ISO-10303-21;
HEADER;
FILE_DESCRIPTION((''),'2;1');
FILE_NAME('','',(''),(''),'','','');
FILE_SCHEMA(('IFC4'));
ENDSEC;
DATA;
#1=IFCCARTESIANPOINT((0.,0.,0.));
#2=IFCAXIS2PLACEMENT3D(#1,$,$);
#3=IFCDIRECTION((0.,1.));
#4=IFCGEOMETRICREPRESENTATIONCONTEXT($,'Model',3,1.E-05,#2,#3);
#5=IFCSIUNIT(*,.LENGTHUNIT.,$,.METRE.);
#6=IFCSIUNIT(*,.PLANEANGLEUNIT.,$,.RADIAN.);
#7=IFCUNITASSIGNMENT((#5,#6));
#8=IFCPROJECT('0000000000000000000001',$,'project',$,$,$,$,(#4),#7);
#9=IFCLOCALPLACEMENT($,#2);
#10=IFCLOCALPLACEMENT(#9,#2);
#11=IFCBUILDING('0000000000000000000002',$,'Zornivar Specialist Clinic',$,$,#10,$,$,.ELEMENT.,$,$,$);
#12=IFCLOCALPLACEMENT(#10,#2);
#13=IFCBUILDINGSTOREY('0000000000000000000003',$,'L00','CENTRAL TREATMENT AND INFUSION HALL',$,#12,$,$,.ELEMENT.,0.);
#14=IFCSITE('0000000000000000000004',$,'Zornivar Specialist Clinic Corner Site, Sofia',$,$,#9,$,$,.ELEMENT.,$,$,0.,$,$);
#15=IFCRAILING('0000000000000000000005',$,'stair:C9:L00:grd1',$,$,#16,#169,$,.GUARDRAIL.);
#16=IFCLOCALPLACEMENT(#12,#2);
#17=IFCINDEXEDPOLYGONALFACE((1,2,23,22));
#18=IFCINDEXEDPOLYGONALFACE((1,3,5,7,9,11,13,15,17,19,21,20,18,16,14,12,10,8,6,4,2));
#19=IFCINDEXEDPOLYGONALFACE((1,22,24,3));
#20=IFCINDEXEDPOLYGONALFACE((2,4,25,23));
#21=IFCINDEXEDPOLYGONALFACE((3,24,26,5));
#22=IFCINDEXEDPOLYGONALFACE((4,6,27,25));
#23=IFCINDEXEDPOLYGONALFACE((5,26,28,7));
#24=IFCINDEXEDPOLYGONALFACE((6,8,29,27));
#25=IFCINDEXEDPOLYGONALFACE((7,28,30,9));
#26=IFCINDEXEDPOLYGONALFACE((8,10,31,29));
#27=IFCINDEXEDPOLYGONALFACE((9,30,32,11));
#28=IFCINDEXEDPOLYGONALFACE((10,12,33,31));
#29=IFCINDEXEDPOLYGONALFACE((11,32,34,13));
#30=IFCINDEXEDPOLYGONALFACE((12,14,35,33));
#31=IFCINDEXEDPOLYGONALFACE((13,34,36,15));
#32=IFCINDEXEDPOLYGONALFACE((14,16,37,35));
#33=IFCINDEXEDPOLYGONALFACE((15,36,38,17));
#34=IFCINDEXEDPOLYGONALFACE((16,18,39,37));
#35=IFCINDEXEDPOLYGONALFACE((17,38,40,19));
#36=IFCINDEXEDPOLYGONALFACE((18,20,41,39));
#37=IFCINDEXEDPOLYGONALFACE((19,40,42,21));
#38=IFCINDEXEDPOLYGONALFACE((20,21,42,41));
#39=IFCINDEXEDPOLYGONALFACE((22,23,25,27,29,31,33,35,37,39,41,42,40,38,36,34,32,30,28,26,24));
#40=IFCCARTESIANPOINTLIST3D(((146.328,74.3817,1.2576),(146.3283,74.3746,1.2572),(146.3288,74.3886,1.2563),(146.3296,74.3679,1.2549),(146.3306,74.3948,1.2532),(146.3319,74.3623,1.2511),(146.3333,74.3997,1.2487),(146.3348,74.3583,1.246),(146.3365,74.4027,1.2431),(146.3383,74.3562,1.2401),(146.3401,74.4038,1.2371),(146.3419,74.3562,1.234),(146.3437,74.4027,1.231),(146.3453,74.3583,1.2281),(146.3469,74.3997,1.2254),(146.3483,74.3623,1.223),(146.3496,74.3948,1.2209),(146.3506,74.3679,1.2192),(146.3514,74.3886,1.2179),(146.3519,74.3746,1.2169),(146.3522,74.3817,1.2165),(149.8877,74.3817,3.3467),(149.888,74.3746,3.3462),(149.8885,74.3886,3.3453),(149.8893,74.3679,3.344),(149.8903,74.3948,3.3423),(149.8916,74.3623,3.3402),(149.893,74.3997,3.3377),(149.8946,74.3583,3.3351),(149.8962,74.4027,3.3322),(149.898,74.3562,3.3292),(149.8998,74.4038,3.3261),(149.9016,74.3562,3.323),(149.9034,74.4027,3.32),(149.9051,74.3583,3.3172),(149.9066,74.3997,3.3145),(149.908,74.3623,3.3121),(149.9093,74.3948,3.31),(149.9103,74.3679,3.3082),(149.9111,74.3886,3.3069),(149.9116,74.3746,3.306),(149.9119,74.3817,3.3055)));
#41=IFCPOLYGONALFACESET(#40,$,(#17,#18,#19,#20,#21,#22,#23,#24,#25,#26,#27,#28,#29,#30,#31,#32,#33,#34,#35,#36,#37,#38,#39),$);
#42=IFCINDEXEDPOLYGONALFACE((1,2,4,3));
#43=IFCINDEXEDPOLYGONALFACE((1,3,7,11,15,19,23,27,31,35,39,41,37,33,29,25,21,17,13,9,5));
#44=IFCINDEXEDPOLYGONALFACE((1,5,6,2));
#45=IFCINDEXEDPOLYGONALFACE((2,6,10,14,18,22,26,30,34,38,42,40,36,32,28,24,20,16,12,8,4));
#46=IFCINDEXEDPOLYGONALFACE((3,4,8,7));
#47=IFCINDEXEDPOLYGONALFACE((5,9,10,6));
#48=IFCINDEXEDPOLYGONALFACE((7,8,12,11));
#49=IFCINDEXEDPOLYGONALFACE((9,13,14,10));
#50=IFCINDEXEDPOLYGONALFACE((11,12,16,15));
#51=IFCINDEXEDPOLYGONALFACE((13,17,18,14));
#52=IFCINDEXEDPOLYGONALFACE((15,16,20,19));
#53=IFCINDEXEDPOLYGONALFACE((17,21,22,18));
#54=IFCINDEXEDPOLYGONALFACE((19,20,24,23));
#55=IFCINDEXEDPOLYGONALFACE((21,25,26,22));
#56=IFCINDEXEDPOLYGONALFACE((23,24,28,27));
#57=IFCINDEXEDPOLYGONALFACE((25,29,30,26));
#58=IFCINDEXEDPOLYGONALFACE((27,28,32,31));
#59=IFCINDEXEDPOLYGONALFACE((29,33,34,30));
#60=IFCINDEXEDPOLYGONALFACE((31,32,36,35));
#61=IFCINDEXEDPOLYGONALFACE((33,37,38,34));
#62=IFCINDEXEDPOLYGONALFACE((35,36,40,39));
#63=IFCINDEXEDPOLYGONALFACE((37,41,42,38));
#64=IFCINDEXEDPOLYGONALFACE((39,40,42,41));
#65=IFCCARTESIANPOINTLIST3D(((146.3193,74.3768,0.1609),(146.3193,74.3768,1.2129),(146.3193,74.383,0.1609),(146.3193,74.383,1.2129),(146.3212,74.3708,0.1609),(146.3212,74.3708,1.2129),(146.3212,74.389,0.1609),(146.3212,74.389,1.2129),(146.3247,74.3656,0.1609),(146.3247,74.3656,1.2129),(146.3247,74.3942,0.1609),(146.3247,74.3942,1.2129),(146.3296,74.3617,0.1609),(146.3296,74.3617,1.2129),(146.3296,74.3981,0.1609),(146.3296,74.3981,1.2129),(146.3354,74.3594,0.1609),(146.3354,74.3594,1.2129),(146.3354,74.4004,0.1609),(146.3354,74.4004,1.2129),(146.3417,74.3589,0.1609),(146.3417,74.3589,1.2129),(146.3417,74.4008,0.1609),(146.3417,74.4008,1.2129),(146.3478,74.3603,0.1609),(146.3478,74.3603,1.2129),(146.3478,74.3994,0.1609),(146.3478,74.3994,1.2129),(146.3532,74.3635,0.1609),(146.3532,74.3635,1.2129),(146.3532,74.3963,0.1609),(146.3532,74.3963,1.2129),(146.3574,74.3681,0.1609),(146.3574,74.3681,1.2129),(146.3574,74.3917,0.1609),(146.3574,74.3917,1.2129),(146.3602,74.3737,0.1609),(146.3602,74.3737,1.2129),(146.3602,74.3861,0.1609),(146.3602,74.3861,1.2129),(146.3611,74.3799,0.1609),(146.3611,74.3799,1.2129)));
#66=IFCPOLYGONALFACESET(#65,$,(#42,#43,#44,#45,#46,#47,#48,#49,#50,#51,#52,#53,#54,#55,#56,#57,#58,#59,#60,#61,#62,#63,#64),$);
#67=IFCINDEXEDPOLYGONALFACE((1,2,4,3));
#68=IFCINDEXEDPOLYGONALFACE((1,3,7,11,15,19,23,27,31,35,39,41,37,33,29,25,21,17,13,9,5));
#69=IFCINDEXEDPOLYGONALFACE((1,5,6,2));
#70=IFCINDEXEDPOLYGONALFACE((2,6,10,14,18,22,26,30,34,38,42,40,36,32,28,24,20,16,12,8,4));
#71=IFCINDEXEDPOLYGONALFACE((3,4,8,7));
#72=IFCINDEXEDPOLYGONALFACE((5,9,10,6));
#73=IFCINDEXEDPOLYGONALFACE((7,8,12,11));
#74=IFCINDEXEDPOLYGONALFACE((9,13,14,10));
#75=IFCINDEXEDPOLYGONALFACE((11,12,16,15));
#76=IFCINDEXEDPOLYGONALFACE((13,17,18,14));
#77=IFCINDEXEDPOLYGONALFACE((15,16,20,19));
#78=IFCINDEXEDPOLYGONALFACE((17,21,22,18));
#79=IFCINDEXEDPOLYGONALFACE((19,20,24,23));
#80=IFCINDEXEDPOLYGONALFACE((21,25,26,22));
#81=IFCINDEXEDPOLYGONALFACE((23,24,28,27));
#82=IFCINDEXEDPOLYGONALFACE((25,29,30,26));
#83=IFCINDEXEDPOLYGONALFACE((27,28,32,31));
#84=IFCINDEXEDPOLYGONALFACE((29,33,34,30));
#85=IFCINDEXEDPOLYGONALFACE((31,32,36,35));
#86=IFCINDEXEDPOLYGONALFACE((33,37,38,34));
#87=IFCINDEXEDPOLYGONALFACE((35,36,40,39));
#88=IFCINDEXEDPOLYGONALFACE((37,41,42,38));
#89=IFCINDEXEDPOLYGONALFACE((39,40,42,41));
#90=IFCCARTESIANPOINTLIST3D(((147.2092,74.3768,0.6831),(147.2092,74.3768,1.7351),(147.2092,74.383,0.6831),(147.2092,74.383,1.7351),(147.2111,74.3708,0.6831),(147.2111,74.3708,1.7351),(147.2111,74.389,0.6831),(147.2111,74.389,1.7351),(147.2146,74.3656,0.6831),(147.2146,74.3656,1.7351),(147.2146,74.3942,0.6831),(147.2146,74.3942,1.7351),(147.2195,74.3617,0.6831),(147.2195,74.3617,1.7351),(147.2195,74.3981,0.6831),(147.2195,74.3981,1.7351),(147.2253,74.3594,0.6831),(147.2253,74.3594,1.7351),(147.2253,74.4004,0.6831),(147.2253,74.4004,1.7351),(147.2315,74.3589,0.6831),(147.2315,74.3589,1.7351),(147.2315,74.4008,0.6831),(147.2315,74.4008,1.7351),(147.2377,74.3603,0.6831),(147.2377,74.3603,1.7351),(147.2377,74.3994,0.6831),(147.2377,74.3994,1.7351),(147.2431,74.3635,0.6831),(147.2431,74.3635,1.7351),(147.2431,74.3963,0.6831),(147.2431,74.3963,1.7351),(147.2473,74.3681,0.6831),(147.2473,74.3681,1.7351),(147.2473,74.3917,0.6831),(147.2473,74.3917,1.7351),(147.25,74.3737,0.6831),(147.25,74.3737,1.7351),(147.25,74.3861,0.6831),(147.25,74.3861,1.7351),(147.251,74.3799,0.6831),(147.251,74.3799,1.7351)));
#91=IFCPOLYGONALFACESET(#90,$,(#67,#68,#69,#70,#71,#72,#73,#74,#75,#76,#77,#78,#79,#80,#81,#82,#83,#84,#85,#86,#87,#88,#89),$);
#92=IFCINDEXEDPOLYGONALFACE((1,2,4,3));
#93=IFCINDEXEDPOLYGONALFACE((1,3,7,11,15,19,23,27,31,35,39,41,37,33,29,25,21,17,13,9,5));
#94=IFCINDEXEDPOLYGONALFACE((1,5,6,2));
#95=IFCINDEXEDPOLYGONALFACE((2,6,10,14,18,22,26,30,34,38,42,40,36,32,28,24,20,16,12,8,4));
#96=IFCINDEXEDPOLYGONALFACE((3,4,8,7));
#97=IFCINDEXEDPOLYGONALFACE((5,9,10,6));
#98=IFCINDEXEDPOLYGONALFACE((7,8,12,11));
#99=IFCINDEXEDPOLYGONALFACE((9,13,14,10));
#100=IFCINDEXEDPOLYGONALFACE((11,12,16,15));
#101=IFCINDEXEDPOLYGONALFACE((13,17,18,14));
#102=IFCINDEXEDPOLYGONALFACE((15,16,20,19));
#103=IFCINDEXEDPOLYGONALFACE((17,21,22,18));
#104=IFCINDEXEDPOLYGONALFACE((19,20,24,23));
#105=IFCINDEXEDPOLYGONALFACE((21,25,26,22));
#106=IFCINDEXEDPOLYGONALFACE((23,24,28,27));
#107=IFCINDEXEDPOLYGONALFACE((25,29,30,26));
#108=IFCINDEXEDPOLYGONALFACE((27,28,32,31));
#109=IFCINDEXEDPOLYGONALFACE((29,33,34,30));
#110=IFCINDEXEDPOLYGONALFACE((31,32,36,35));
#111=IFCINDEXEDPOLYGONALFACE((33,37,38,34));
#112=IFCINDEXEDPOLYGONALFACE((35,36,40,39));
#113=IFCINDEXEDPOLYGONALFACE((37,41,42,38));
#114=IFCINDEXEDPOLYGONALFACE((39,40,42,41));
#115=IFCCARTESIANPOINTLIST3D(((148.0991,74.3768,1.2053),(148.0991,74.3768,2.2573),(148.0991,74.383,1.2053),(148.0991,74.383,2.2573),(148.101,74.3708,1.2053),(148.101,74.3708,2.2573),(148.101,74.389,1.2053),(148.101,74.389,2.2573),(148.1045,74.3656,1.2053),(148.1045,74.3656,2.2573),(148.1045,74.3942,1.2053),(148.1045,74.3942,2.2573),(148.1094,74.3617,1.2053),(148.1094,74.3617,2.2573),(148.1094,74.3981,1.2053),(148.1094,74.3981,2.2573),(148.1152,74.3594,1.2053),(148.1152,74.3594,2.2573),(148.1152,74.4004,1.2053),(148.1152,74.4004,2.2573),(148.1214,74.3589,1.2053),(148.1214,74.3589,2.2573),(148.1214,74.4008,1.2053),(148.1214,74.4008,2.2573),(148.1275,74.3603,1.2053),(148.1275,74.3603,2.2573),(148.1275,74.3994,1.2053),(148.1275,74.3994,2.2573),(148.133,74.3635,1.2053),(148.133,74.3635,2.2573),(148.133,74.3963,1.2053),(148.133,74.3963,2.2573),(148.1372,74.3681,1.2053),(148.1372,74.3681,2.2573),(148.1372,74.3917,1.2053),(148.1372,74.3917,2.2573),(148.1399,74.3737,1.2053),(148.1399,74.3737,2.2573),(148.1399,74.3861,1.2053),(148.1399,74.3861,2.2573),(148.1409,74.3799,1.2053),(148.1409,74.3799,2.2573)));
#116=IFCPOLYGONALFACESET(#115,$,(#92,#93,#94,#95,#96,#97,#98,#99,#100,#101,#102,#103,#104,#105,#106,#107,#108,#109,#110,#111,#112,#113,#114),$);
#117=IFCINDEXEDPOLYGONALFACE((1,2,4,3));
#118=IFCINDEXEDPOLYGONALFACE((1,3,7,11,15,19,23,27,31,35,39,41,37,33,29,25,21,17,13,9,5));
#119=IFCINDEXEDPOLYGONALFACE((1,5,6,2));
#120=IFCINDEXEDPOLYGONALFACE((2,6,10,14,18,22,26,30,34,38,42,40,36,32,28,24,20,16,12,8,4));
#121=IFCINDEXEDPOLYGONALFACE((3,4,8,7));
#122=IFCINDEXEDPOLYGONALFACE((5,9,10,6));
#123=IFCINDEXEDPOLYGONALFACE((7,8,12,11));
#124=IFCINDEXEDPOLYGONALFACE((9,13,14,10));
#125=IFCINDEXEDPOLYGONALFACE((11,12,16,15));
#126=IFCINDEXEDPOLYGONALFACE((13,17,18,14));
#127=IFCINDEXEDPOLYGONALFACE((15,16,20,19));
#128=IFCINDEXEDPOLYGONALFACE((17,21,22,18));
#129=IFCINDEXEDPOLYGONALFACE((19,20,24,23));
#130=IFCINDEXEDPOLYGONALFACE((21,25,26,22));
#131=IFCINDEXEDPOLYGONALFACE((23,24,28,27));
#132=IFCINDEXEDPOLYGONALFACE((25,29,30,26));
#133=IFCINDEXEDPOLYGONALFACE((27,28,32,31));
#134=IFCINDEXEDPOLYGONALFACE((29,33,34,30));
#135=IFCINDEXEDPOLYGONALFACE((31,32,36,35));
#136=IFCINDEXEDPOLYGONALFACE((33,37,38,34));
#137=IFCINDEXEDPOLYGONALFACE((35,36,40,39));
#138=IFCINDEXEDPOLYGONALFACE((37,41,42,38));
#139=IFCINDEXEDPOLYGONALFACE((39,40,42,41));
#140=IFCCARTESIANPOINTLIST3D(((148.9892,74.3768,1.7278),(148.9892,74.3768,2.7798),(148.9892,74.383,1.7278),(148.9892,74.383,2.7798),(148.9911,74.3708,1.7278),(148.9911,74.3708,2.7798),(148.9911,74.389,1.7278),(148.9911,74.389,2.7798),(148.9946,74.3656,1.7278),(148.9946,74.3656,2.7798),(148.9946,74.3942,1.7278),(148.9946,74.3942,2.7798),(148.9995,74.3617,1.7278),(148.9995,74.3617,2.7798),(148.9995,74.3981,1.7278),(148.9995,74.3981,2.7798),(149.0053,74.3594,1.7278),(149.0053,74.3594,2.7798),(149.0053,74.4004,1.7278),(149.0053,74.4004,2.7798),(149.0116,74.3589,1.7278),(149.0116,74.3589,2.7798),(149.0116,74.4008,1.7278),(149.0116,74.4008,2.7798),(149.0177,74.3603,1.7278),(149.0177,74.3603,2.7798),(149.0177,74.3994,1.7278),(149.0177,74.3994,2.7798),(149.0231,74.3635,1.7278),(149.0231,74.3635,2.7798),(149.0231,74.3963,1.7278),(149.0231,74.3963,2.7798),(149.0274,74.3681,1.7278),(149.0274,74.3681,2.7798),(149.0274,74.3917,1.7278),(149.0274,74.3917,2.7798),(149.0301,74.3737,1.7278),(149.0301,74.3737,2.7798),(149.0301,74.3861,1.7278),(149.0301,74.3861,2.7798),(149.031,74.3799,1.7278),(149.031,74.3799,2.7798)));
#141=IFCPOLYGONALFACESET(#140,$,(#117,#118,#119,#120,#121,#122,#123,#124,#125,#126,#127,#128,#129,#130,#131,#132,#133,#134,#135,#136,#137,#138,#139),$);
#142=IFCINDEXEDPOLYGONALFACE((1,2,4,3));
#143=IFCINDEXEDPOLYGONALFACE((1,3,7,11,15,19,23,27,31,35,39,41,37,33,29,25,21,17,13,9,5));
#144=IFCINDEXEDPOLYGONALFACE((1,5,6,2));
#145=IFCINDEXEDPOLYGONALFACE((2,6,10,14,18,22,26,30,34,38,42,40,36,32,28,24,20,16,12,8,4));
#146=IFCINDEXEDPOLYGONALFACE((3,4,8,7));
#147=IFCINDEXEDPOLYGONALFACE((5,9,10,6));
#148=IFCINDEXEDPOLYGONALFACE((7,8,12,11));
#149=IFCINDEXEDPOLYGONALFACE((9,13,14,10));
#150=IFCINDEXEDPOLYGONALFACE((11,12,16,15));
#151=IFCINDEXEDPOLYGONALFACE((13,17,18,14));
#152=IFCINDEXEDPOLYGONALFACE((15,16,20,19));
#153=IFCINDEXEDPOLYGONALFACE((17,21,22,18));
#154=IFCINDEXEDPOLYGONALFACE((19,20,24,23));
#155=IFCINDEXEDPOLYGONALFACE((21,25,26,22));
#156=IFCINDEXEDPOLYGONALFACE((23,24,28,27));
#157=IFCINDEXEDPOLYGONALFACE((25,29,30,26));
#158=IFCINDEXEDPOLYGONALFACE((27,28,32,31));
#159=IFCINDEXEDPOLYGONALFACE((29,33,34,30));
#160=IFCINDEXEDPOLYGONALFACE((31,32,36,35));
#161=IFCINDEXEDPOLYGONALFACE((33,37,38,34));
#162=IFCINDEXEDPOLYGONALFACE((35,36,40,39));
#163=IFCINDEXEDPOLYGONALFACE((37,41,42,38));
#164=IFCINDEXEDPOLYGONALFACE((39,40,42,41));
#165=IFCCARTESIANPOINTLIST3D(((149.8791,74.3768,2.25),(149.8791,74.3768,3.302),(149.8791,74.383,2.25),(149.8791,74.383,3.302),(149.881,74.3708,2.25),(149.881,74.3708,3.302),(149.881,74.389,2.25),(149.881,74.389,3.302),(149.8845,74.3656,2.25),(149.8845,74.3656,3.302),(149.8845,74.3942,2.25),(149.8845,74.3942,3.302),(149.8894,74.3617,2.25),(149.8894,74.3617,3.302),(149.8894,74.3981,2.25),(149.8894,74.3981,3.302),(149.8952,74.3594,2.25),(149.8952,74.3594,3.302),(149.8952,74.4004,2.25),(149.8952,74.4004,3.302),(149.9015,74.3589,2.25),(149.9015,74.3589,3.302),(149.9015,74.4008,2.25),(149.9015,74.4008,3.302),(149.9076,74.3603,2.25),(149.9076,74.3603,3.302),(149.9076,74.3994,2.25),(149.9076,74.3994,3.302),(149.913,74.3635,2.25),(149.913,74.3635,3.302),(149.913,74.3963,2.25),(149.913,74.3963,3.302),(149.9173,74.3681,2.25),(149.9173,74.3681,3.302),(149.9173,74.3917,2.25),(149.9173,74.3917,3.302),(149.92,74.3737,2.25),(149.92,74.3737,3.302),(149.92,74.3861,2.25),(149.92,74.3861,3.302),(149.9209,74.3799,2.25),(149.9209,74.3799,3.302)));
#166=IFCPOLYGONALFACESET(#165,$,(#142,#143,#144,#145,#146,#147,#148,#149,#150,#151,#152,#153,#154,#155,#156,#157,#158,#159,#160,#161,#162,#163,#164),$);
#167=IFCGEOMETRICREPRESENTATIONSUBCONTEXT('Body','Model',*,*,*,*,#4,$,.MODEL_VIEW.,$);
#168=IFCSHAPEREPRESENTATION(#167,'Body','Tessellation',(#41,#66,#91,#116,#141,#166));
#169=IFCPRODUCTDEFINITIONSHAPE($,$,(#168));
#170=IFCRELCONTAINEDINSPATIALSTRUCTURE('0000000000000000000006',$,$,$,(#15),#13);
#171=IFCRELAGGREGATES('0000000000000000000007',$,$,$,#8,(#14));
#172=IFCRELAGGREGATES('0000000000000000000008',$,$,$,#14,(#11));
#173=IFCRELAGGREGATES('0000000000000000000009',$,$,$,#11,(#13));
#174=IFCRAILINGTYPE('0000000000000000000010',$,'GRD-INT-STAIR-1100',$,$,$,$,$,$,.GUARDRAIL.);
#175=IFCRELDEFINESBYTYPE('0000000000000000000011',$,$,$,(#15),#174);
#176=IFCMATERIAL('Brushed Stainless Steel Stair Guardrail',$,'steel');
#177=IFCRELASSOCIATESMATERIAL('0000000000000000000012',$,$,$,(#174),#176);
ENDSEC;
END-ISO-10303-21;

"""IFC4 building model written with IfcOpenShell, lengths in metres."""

from ifc_helpers import new_model, si_unit, direction, frame, origin, origin_2d, place, context, subcontext, project, spatial, circle, extrude, material, type_object, element, save


model = new_model("IFC4")

# Units and contexts
model_context = context("Model", 3, precision=1e-05, world=origin(), true_north=direction((0.0, 1.0)))
body_context = subcontext(model_context, "Body", "Model", "MODEL_VIEW")
ifc_project = project(units=[si_unit("LENGTHUNIT", "METRE"), si_unit("PLANEANGLEUNIT", "RADIAN")], contexts=[model_context])

# Site, building, storey
site_placement = place(None, origin())
site = spatial("IfcSite", under=ifc_project, at=site_placement, Name="Zornivar Specialist Clinic Corner Site, Sofia", CompositionType="ELEMENT", RefElevation=0.0)
building_placement = place(site_placement, origin())
building = spatial("IfcBuilding", under=site, at=building_placement, Name="Zornivar Specialist Clinic", CompositionType="ELEMENT")
storey_placement = place(building_placement, origin())
storey = spatial("IfcBuildingStorey", under=building, at=storey_placement, Name="L00", Description="CENTRAL TREATMENT AND INFUSION HALL", CompositionType="ELEMENT", Elevation=0.0)

# Railing
ifc_material_1 = material(Name="Brushed Stainless Steel Stair Guardrail", Category="steel")
railing_type_1 = type_object("IfcRailingType", Name="GRD-INT-STAIR-1100", PredefinedType="GUARDRAIL", material=ifc_material_1)
railing_1_placement = place(storey_placement, frame((146.3401, 74.3799, 0.1609)))
element("IfcRailing", 1, at=railing_1_placement, inside=storey, type_object=railing_type_1, Name="stair:C9:L00:grd1", PredefinedType="GUARDRAIL", context=body_context, shape_type="SweptSolid", body=[
    extrude(circle(Radius=0.0239, at=origin_2d()), frame((0.0, 0.0, 1.0762), z_axis=(0.862452, 0.0, 0.506138), x_axis=(0.0, 1.0, 0.0)), (0.0, 0.0, 1.0), 4.1274),
    extrude(circle(Radius=0.021, at=origin_2d()), origin(), (0.0, 0.0, 1.0), 1.052),
    extrude(circle(Radius=0.021, at=origin_2d()), frame((0.8899, 0.0, 0.5222)), (0.0, 0.0, 1.0), 1.052),
    extrude(circle(Radius=0.021, at=origin_2d()), frame((1.7798, 0.0, 1.0444)), (0.0, 0.0, 1.0), 1.052),
    extrude(circle(Radius=0.021, at=origin_2d()), frame((2.6699, 0.0, 1.5669)), (0.0, 0.0, 1.0), 1.052),
    extrude(circle(Radius=0.021, at=origin_2d()), frame((3.5598, 0.0, 2.0891)), (0.0, 0.0, 1.0), 1.052),
])

save(model, "model.ifc")
